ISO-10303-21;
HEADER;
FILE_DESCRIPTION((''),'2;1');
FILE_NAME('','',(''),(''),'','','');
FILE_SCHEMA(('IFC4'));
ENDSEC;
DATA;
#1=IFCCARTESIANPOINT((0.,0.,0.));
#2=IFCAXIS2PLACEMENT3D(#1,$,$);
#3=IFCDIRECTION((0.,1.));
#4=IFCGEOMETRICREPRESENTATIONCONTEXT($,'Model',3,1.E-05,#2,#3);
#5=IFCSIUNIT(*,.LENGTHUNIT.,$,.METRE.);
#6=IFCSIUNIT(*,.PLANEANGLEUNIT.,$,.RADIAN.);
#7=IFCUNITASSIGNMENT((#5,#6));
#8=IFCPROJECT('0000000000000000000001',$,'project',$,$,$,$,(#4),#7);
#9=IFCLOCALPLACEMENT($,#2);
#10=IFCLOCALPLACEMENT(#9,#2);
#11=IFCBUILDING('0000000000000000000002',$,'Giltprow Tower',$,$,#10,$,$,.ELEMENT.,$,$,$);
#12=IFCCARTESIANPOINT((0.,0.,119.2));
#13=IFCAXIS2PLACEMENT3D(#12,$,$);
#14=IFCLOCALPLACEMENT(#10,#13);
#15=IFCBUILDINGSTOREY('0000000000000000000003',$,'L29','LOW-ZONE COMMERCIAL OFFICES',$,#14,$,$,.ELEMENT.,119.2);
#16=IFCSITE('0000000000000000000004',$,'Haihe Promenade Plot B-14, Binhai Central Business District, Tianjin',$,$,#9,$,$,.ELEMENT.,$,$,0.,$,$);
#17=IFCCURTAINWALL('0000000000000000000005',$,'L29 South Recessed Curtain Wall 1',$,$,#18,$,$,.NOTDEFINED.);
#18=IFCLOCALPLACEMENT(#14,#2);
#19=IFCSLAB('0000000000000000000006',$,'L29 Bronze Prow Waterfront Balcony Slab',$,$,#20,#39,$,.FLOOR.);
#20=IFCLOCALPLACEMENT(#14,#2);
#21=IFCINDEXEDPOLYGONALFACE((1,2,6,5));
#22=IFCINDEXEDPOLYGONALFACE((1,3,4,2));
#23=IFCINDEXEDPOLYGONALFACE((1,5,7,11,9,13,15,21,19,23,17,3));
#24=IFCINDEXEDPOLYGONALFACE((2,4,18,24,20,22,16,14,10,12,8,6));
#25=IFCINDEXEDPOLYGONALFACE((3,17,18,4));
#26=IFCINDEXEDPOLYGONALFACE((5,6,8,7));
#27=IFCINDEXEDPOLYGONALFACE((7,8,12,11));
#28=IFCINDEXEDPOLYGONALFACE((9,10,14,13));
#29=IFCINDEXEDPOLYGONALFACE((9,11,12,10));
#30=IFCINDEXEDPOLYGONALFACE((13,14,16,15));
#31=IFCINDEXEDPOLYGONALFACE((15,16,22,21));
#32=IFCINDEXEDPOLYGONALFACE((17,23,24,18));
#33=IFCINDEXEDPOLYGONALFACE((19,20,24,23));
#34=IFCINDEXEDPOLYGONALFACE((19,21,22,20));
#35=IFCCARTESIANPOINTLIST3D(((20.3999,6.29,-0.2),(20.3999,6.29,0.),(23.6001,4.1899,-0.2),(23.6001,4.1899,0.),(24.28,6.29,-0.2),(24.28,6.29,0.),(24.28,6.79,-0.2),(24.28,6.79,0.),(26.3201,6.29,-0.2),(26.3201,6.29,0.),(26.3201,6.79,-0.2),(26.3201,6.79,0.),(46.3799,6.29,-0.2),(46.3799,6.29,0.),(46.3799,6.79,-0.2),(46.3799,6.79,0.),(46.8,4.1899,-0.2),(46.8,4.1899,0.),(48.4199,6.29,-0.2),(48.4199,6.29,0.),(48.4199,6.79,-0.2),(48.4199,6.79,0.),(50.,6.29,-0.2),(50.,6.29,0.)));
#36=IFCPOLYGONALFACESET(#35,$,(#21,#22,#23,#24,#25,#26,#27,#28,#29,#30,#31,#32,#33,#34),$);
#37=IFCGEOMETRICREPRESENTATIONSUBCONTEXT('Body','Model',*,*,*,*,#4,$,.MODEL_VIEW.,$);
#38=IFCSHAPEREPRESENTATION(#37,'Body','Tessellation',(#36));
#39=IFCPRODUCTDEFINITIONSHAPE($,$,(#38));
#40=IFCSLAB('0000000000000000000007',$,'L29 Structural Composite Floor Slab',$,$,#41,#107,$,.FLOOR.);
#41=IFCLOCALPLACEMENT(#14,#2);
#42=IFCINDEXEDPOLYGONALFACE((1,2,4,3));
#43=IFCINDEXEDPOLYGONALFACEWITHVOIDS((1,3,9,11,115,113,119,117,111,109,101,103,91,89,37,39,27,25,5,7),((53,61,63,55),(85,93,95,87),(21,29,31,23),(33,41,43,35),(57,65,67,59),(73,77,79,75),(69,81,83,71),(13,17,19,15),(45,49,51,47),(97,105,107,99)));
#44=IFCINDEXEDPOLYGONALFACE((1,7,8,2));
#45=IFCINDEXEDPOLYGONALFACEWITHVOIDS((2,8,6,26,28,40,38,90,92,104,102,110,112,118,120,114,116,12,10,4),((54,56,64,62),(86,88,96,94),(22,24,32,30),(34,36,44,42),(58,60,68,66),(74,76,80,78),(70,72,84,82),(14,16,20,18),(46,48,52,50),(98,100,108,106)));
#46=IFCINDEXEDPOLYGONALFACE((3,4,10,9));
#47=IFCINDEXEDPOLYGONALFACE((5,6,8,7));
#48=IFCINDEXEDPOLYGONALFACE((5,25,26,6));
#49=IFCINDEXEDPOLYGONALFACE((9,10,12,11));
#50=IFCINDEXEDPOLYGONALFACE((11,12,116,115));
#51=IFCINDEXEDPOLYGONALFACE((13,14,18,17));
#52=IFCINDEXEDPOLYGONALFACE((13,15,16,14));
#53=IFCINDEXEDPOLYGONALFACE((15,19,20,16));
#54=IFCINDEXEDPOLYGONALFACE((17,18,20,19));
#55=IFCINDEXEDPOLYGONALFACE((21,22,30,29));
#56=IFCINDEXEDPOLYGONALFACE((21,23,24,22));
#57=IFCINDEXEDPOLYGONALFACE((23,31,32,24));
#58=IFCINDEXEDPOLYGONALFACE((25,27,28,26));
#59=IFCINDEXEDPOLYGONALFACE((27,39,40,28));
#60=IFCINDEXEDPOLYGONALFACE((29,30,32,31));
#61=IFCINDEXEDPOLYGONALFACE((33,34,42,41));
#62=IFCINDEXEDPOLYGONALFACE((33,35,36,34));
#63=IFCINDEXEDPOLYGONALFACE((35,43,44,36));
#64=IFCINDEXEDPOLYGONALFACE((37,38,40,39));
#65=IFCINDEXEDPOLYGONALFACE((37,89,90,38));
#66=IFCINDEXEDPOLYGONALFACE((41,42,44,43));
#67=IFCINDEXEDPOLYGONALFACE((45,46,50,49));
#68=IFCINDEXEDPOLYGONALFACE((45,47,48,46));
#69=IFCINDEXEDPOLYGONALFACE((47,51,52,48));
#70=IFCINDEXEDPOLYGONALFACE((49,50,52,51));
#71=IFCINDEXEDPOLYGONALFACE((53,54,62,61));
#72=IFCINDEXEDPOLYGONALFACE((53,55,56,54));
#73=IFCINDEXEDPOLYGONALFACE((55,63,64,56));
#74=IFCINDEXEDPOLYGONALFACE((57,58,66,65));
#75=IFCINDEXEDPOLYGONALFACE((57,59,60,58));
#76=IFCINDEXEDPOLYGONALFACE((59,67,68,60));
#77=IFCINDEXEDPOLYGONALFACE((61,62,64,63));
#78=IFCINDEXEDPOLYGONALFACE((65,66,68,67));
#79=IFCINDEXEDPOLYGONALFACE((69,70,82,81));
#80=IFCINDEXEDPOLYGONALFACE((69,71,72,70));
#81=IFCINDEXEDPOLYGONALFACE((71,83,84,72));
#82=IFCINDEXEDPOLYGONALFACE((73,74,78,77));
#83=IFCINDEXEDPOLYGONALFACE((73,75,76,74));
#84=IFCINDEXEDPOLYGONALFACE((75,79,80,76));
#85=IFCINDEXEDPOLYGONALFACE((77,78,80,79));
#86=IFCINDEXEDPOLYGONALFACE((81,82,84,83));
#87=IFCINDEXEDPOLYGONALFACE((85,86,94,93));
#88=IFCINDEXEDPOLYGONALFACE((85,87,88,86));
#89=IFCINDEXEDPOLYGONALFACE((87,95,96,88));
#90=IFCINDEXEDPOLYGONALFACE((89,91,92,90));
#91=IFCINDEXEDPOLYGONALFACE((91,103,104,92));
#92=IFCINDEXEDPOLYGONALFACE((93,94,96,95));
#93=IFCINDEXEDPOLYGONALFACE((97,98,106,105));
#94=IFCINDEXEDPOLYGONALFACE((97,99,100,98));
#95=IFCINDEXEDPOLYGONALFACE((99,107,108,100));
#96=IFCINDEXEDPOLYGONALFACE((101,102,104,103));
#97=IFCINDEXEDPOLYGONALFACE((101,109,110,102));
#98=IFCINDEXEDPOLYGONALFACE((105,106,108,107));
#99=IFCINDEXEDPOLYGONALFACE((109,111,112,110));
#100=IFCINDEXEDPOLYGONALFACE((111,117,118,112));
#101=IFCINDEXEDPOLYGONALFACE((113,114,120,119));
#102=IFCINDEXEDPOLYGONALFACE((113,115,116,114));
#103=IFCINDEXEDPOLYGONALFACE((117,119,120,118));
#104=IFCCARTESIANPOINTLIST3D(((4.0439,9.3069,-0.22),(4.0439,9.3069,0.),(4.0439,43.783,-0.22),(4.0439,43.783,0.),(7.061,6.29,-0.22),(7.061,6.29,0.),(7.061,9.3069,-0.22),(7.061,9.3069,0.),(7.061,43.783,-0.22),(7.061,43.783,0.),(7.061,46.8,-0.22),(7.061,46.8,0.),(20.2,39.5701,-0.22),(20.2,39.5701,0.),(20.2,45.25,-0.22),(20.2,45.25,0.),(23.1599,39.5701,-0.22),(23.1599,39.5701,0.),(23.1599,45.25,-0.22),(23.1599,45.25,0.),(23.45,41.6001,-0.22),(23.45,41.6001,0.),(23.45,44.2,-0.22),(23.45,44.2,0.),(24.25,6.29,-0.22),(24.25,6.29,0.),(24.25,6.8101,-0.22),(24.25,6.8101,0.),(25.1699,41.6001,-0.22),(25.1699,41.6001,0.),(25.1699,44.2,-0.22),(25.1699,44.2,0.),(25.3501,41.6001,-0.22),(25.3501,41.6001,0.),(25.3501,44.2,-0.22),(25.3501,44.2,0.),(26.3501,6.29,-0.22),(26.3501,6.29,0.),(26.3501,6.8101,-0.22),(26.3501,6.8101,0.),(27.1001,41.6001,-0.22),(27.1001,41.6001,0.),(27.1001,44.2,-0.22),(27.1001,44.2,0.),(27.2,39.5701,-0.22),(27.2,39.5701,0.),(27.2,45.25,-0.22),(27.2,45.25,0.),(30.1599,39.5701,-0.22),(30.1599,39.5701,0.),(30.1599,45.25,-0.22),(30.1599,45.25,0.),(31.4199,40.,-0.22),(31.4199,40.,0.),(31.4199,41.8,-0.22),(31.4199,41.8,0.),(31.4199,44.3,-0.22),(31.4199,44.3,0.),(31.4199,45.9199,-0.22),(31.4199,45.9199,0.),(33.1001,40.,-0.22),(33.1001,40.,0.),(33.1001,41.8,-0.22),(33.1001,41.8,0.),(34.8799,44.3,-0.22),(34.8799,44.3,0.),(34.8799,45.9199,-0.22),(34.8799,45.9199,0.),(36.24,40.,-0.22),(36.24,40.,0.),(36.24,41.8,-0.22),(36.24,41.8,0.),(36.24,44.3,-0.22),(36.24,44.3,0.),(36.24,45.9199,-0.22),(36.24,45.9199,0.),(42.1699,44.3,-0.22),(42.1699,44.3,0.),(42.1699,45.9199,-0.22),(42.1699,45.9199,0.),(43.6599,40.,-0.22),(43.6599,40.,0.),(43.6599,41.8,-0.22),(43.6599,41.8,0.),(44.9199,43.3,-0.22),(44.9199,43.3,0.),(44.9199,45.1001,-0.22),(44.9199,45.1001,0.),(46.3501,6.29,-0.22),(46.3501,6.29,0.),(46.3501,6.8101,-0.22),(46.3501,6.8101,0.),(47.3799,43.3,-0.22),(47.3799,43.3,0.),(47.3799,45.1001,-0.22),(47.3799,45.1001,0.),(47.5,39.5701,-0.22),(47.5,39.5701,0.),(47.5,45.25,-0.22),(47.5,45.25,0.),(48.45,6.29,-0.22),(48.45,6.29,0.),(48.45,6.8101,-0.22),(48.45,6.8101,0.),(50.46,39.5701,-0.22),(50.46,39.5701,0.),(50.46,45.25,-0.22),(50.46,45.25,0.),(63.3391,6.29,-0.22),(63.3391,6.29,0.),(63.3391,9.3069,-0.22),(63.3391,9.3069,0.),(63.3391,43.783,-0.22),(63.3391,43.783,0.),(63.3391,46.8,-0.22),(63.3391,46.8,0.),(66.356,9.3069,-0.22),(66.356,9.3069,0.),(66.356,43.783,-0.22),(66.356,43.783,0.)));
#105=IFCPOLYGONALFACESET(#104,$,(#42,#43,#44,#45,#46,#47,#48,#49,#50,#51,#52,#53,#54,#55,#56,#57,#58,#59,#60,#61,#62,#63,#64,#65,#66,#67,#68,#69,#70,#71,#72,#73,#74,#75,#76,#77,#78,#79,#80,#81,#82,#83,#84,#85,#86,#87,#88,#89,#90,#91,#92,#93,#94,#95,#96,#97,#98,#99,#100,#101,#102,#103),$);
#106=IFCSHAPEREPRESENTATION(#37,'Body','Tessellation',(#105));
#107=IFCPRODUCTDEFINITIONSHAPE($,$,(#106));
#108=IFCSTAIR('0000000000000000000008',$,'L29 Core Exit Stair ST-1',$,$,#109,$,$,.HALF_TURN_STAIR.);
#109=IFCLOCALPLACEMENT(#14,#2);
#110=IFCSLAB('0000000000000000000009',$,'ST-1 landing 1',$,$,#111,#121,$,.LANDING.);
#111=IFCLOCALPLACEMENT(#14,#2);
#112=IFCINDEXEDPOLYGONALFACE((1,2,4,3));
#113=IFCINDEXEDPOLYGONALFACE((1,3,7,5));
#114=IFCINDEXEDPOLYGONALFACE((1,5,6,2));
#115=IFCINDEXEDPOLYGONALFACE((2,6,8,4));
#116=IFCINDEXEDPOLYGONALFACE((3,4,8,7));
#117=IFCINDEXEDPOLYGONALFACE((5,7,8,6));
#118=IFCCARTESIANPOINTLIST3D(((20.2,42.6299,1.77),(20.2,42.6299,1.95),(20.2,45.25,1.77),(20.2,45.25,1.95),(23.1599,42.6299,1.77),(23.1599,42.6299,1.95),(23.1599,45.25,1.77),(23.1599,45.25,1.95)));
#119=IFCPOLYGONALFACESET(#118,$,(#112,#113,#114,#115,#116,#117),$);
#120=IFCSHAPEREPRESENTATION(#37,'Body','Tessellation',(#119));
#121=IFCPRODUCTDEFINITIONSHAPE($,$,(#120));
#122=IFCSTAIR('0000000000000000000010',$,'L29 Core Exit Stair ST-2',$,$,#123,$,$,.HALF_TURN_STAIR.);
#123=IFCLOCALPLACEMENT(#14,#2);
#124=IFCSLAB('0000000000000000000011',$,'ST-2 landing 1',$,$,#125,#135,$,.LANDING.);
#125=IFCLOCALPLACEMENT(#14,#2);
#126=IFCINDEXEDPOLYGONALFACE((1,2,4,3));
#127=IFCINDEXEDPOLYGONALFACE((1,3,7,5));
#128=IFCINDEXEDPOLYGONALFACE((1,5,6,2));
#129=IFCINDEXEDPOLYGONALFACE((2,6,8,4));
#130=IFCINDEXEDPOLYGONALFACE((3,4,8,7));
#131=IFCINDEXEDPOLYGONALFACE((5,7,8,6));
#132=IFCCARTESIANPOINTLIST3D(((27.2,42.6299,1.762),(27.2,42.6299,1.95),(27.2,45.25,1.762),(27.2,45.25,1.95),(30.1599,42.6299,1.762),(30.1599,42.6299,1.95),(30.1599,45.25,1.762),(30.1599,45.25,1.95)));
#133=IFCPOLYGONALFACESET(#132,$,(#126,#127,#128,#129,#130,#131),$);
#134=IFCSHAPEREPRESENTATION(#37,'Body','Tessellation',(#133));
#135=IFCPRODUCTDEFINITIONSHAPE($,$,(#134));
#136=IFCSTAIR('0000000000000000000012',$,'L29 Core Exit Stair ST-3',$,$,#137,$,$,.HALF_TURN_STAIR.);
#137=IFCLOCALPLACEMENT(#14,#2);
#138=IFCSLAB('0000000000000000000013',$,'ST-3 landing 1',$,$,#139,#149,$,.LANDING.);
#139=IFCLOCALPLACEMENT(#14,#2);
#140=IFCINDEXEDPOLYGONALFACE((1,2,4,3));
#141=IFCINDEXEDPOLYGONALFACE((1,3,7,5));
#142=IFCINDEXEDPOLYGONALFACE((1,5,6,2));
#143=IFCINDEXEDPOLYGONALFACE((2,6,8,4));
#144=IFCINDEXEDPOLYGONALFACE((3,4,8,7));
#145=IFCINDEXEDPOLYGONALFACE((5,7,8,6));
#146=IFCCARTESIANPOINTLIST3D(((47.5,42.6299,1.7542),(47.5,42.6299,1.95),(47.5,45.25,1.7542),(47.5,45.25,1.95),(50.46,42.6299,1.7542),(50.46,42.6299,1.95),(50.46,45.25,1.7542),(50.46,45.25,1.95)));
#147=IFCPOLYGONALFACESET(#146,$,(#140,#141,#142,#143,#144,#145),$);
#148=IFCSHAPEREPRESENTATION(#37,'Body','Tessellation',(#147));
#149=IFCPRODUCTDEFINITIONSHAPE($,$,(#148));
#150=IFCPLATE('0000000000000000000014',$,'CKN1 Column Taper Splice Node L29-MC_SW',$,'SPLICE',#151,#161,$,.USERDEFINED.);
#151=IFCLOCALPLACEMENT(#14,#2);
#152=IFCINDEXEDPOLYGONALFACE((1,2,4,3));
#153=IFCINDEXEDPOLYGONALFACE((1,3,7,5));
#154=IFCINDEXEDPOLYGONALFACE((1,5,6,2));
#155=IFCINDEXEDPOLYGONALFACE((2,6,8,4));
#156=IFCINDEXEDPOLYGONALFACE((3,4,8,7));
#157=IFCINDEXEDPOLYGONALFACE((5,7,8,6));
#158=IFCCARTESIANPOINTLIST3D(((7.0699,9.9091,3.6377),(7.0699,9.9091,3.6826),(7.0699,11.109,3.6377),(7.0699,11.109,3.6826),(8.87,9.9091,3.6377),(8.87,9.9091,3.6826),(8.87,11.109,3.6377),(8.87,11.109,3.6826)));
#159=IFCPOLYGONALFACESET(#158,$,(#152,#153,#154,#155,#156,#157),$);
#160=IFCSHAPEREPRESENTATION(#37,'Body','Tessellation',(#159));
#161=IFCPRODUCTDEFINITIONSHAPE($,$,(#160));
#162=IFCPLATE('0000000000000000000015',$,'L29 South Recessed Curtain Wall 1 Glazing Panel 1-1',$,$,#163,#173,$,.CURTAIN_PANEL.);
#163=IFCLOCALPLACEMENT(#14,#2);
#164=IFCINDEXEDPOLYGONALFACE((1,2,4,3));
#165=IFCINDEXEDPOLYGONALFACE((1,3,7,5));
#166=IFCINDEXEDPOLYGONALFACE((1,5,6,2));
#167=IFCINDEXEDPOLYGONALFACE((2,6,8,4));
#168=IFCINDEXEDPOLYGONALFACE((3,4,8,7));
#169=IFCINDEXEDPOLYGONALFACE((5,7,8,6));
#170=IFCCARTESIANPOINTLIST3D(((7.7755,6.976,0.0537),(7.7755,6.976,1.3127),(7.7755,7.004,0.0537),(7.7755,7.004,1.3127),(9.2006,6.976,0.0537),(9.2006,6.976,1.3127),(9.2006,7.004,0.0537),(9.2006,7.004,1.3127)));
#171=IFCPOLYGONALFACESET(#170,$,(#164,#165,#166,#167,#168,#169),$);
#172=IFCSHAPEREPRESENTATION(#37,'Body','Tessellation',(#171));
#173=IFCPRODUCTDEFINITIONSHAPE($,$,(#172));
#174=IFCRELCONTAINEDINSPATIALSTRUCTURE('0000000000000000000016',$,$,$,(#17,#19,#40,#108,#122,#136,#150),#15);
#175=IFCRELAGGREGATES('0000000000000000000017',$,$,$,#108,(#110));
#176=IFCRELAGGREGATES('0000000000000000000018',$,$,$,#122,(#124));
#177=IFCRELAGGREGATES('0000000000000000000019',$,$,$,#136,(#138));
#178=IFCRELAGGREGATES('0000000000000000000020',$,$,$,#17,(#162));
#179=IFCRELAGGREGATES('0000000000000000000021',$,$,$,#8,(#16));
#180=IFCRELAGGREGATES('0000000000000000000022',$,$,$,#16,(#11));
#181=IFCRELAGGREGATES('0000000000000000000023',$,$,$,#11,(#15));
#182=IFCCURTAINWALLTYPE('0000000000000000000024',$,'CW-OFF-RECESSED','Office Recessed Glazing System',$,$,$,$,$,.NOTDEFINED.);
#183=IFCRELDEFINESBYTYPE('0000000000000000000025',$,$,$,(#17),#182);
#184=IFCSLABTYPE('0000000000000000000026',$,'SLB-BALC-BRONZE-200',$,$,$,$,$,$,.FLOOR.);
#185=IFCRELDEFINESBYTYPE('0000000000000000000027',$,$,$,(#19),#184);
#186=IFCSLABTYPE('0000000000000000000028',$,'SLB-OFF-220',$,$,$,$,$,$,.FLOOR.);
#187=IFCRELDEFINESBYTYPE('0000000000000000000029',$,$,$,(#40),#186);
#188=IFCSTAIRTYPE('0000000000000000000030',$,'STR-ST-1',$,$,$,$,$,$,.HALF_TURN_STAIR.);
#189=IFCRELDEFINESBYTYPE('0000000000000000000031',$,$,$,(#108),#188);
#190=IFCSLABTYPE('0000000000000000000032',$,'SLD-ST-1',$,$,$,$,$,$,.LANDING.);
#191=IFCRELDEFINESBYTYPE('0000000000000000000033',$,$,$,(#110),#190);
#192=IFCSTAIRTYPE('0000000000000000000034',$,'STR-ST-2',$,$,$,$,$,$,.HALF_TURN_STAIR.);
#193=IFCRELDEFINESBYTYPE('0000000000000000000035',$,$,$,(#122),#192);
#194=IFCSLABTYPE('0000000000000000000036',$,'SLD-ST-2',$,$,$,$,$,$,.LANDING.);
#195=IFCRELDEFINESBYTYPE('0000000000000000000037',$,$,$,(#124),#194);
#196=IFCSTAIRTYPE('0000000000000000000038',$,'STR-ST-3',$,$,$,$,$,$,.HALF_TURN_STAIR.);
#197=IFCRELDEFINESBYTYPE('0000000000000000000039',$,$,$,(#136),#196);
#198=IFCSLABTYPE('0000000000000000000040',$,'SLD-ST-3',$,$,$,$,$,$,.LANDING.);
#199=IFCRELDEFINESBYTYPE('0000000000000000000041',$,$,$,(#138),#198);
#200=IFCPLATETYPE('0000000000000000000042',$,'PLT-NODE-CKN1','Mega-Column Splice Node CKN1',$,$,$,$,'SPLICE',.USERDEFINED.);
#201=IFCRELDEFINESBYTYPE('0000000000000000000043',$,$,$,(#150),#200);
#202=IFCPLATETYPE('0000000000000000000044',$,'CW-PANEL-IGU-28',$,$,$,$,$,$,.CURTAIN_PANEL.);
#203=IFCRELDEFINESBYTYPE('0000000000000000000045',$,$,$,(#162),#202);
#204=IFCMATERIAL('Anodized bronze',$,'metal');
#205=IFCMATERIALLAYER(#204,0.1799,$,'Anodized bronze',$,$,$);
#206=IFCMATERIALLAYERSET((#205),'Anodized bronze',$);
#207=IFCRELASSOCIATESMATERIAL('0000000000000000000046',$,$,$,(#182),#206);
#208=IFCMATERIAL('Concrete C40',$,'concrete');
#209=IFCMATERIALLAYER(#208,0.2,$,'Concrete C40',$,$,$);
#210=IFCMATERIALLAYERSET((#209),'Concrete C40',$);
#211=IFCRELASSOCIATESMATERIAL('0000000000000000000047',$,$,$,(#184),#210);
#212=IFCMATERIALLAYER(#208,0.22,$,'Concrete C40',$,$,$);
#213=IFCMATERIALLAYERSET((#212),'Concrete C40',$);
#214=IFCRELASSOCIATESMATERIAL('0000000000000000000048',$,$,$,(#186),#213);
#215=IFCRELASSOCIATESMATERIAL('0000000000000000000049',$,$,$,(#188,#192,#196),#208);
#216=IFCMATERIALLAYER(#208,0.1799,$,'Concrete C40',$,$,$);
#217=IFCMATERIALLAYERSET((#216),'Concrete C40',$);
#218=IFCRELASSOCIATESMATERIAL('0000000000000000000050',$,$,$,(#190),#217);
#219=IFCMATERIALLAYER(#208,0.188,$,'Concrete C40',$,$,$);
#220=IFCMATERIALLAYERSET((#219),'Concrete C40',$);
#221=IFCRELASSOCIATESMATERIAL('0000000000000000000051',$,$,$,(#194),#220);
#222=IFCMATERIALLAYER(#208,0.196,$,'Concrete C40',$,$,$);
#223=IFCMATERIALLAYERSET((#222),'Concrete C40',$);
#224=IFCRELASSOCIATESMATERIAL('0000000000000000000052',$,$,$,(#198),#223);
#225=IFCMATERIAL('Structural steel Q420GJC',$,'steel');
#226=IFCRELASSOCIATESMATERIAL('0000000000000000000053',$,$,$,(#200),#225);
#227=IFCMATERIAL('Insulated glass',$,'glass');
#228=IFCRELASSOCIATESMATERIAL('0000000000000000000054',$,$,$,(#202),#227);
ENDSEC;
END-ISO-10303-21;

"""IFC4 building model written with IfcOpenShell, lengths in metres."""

from ifc_helpers import new_model, si_unit, direction, frame, origin, origin_2d, place, context, subcontext, project, spatial, polyline, rectangle, outline, extrude, source, transform, mapped, material, layer, layer_set, type_object, element, aggregate, save


model = new_model("IFC4")

# Units and contexts
model_context = context("Model", 3, precision=1e-05, world=origin(), true_north=direction((0.0, 1.0)))
body_context = subcontext(model_context, "Body", "Model", "MODEL_VIEW")
ifc_project = project(units=[si_unit("LENGTHUNIT", "METRE"), si_unit("PLANEANGLEUNIT", "RADIAN")], contexts=[model_context])

# Site, building, storey
site_placement = place(None, origin())
site = spatial("IfcSite", under=ifc_project, at=site_placement, Name="Haihe Promenade Plot B-14, Binhai Central Business District, Tianjin", CompositionType="ELEMENT", RefElevation=0.0)
building_placement = place(site_placement, origin())
building = spatial("IfcBuilding", under=site, at=building_placement, Name="Giltprow Tower", CompositionType="ELEMENT")
storey_placement = place(building_placement, frame((0.0, 0.0, 119.2)))
storey = spatial("IfcBuildingStorey", under=building, at=storey_placement, Name="L29", Description="LOW-ZONE COMMERCIAL OFFICES", CompositionType="ELEMENT", Elevation=119.2)

# Shared definitions
ifc_material_1 = material(Name="Structural steel Q420GJC", Category="steel")

# Curtain wall
ifc_material_2 = material(Name="Anodized bronze", Category="metal")
ifc_layer_1 = layer(ifc_material_2, 0.1799, Name="Anodized bronze")
ifc_layer_set_1 = layer_set([ifc_layer_1], Name="Anodized bronze")
curtain_wall_type = type_object("IfcCurtainWallType", Name="CW-OFF-RECESSED", Description="Office Recessed Glazing System", PredefinedType="NOTDEFINED", material=ifc_layer_set_1)
curtain_wall_placement = place(storey_placement, origin())
curtain_wall = element("IfcCurtainWall", 1, at=curtain_wall_placement, inside=storey, type_object=curtain_wall_type, Name="L29 South Recessed Curtain Wall 1", PredefinedType="NOTDEFINED")

# Slabs
ifc_material_3 = material(Name="Concrete C40", Category="concrete")
ifc_layer_2 = layer(ifc_material_3, 0.2, Name="Concrete C40")
ifc_layer_set_2 = layer_set([ifc_layer_2], Name="Concrete C40")
slab_type_1 = type_object("IfcSlabType", Name="SLB-BALC-BRONZE-200", PredefinedType="FLOOR", material=ifc_layer_set_2)
slab_1_placement = place(storey_placement, frame((0.0, 0.0, -0.2)))
element("IfcSlab", 2, at=slab_1_placement, inside=storey, type_object=slab_type_1, Name="L29 Bronze Prow Waterfront Balcony Slab", PredefinedType="FLOOR", context=body_context, shape_type="SweptSolid", body=[
    extrude(outline(polyline([(50.0, 6.29), (46.8, 4.1899), (23.6001, 4.1899), (20.3999, 6.29), (24.28, 6.29), (24.28, 6.79), (26.3201, 6.79), (26.3201, 6.29), (46.3799, 6.29), (46.3799, 6.79), (48.4199, 6.79), (48.4199, 6.29), (50.0, 6.29)])), origin(), (0.0, 0.0, 1.0), 0.2),
])
ifc_layer_3 = layer(ifc_material_3, 0.22, Name="Concrete C40")
ifc_layer_set_3 = layer_set([ifc_layer_3], Name="Concrete C40")
slab_type_2 = type_object("IfcSlabType", Name="SLB-OFF-220", PredefinedType="FLOOR", material=ifc_layer_set_3)
slab_2_placement = place(storey_placement, frame((0.0, 0.0, -0.22)))
element("IfcSlab", 3, at=slab_2_placement, inside=storey, type_object=slab_type_2, Name="L29 Structural Composite Floor Slab", PredefinedType="FLOOR", context=body_context, shape_type="SweptSolid", body=[
    extrude(outline(polyline([(7.061, 6.29), (7.061, 9.3069), (4.0439, 9.3069), (4.0439, 43.783), (7.061, 43.783), (7.061, 46.8), (63.3391, 46.8), (63.3391, 43.783), (66.356, 43.783), (66.356, 9.3069), (63.3391, 9.3069), (63.3391, 6.29), (48.45, 6.29), (48.45, 6.8101), (46.3501, 6.8101), (46.3501, 6.29), (26.3501, 6.29), (26.3501, 6.8101), (24.25, 6.8101), (24.25, 6.29), (7.061, 6.29)]), holes=[polyline([(33.1001, 41.8), (31.4199, 41.8), (31.4199, 40.0), (33.1001, 40.0), (33.1001, 41.8)]), polyline([(23.1599, 39.5701), (23.1599, 45.25), (20.2, 45.25), (20.2, 39.5701), (23.1599, 39.5701)]), polyline([(30.1599, 45.25), (27.2, 45.25), (27.2, 39.5701), (30.1599, 39.5701), (30.1599, 45.25)]), polyline([(25.1699, 41.6001), (25.1699, 44.2), (23.45, 44.2), (23.45, 41.6001), (25.1699, 41.6001)]), polyline([(27.1001, 41.6001), (27.1001, 44.2), (25.3501, 44.2), (25.3501, 41.6001), (27.1001, 41.6001)]), polyline([(43.6599, 40.0), (43.6599, 41.8), (36.24, 41.8), (36.24, 40.0), (43.6599, 40.0)]), polyline([(50.46, 39.5701), (50.46, 45.25), (47.5, 45.25), (47.5, 39.5701), (50.46, 39.5701)]), polyline([(47.3799, 45.1001), (44.9199, 45.1001), (44.9199, 43.3), (47.3799, 43.3), (47.3799, 45.1001)]), polyline([(34.8799, 44.3), (34.8799, 45.9199), (31.4199, 45.9199), (31.4199, 44.3), (34.8799, 44.3)]), polyline([(42.1699, 44.3), (42.1699, 45.9199), (36.24, 45.9199), (36.24, 44.3), (42.1699, 44.3)])]), origin(), (0.0, 0.0, 1.0), 0.22),
])

# Stairs, slabs
stair_type_1 = type_object("IfcStairType", Name="STR-ST-1", PredefinedType="HALF_TURN_STAIR", material=ifc_material_3)
stair_1_placement = place(storey_placement, origin())
stair_1 = element("IfcStair", 4, at=stair_1_placement, inside=storey, type_object=stair_type_1, Name="L29 Core Exit Stair ST-1", PredefinedType="HALF_TURN_STAIR")
ifc_layer_4 = layer(ifc_material_3, 0.1799, Name="Concrete C40")
ifc_layer_set_4 = layer_set([ifc_layer_4], Name="Concrete C40")
slab_type_3 = type_object("IfcSlabType", Name="SLD-ST-1", PredefinedType="LANDING", material=ifc_layer_set_4)
slab_3_placement = place(storey_placement, frame((0.0, 0.0, 1.77)))
slab_3 = element("IfcSlab", 5, at=slab_3_placement, type_object=slab_type_3, Name="ST-1 landing 1", PredefinedType="LANDING", context=body_context, shape_type="SweptSolid", body=[
    extrude(outline(polyline([(23.1599, 42.6299), (23.1599, 45.25), (20.2, 45.25), (20.2, 42.6299), (23.1599, 42.6299)])), origin(), (0.0, 0.0, 1.0), 0.1799),
])
aggregate(stair_1, [slab_3])
stair_type_2 = type_object("IfcStairType", Name="STR-ST-2", PredefinedType="HALF_TURN_STAIR", material=ifc_material_3)
stair_2_placement = place(storey_placement, origin())
stair_2 = element("IfcStair", 6, at=stair_2_placement, inside=storey, type_object=stair_type_2, Name="L29 Core Exit Stair ST-2", PredefinedType="HALF_TURN_STAIR")
ifc_layer_5 = layer(ifc_material_3, 0.188, Name="Concrete C40")
ifc_layer_set_5 = layer_set([ifc_layer_5], Name="Concrete C40")
slab_type_4 = type_object("IfcSlabType", Name="SLD-ST-2", PredefinedType="LANDING", material=ifc_layer_set_5)
slab_4_placement = place(storey_placement, frame((0.0, 0.0, 1.762)))
slab_4 = element("IfcSlab", 7, at=slab_4_placement, type_object=slab_type_4, Name="ST-2 landing 1", PredefinedType="LANDING", context=body_context, shape_type="SweptSolid", body=[
    extrude(outline(polyline([(30.1599, 42.6299), (30.1599, 45.25), (27.2, 45.25), (27.2, 42.6299), (30.1599, 42.6299)])), origin(), (0.0, 0.0, 1.0), 0.188),
])
aggregate(stair_2, [slab_4])
stair_type_3 = type_object("IfcStairType", Name="STR-ST-3", PredefinedType="HALF_TURN_STAIR", material=ifc_material_3)
stair_3_placement = place(storey_placement, origin())
stair_3 = element("IfcStair", 8, at=stair_3_placement, inside=storey, type_object=stair_type_3, Name="L29 Core Exit Stair ST-3", PredefinedType="HALF_TURN_STAIR")
ifc_layer_6 = layer(ifc_material_3, 0.196, Name="Concrete C40")
ifc_layer_set_6 = layer_set([ifc_layer_6], Name="Concrete C40")
slab_type_5 = type_object("IfcSlabType", Name="SLD-ST-3", PredefinedType="LANDING", material=ifc_layer_set_6)
slab_5_placement = place(storey_placement, frame((0.0, 0.0, 1.7542)))
slab_5 = element("IfcSlab", 9, at=slab_5_placement, type_object=slab_type_5, Name="ST-3 landing 1", PredefinedType="LANDING", context=body_context, shape_type="SweptSolid", body=[
    extrude(outline(polyline([(50.46, 42.6299), (50.46, 45.25), (47.5, 45.25), (47.5, 42.6299), (50.46, 42.6299)])), origin(), (0.0, 0.0, 1.0), 0.1958),
])
aggregate(stair_3, [slab_5])

# Plates
plate_type_1 = type_object("IfcPlateType", Name="PLT-NODE-CKN1", Description="Mega-Column Splice Node CKN1", ElementType="SPLICE", PredefinedType="USERDEFINED", material=ifc_material_1)
shared_shape_1 = source(origin(), body_context, "Body", "SweptSolid", [
    extrude(rectangle(XDim=1.8, YDim=1.2, at=origin_2d()), origin(), (0.0, 0.0, 1.0), 0.0449),
])
plate_1_placement = place(storey_placement, frame((7.97, 10.509, 3.6377), z_axis=(0.0, 0.0, 1.0), x_axis=(1.0, 0.0, 0.0)))
element("IfcPlate", 10, at=plate_1_placement, inside=storey, type_object=plate_type_1, Name="CKN1 Column Taper Splice Node L29-MC_SW", ObjectType="SPLICE", PredefinedType="USERDEFINED", context=body_context, shape_type="MappedRepresentation", body=[
    mapped(shared_shape_1, transform((0.0, 0.0, 0.0), x_axis=(1.0, 0.0, 0.0), y_axis=(0.0, 1.0, 0.0), z_axis=(0.0, 0.0, 1.0), scale=1.0)),
])
ifc_material_4 = material(Name="Insulated glass", Category="glass")
plate_type_2 = type_object("IfcPlateType", Name="CW-PANEL-IGU-28", PredefinedType="CURTAIN_PANEL", material=ifc_material_4)
shared_shape_2 = source(origin(), body_context, "Body", "SweptSolid", [
    extrude(rectangle(XDim=1.425, YDim=0.0281, at=origin_2d()), origin(), (0.0, 0.0, 1.0), 1.259),
])
plate_2_placement = place(storey_placement, frame((8.488, 6.99, 0.0537), z_axis=(0.0, 0.0, 1.0), x_axis=(1.0, 0.0, 0.0)))
plate_2 = element("IfcPlate", 11, at=plate_2_placement, type_object=plate_type_2, Name="L29 South Recessed Curtain Wall 1 Glazing Panel 1-1", PredefinedType="CURTAIN_PANEL", context=body_context, shape_type="MappedRepresentation", body=[
    mapped(shared_shape_2, transform((0.0, 0.0, 0.0), x_axis=(1.0, 0.0, 0.0), y_axis=(0.0, 1.0, 0.0), z_axis=(0.0, 0.0, 1.0), scale=1.0)),
])
aggregate(curtain_wall, [plate_2])

save(model, "model.ifc")
